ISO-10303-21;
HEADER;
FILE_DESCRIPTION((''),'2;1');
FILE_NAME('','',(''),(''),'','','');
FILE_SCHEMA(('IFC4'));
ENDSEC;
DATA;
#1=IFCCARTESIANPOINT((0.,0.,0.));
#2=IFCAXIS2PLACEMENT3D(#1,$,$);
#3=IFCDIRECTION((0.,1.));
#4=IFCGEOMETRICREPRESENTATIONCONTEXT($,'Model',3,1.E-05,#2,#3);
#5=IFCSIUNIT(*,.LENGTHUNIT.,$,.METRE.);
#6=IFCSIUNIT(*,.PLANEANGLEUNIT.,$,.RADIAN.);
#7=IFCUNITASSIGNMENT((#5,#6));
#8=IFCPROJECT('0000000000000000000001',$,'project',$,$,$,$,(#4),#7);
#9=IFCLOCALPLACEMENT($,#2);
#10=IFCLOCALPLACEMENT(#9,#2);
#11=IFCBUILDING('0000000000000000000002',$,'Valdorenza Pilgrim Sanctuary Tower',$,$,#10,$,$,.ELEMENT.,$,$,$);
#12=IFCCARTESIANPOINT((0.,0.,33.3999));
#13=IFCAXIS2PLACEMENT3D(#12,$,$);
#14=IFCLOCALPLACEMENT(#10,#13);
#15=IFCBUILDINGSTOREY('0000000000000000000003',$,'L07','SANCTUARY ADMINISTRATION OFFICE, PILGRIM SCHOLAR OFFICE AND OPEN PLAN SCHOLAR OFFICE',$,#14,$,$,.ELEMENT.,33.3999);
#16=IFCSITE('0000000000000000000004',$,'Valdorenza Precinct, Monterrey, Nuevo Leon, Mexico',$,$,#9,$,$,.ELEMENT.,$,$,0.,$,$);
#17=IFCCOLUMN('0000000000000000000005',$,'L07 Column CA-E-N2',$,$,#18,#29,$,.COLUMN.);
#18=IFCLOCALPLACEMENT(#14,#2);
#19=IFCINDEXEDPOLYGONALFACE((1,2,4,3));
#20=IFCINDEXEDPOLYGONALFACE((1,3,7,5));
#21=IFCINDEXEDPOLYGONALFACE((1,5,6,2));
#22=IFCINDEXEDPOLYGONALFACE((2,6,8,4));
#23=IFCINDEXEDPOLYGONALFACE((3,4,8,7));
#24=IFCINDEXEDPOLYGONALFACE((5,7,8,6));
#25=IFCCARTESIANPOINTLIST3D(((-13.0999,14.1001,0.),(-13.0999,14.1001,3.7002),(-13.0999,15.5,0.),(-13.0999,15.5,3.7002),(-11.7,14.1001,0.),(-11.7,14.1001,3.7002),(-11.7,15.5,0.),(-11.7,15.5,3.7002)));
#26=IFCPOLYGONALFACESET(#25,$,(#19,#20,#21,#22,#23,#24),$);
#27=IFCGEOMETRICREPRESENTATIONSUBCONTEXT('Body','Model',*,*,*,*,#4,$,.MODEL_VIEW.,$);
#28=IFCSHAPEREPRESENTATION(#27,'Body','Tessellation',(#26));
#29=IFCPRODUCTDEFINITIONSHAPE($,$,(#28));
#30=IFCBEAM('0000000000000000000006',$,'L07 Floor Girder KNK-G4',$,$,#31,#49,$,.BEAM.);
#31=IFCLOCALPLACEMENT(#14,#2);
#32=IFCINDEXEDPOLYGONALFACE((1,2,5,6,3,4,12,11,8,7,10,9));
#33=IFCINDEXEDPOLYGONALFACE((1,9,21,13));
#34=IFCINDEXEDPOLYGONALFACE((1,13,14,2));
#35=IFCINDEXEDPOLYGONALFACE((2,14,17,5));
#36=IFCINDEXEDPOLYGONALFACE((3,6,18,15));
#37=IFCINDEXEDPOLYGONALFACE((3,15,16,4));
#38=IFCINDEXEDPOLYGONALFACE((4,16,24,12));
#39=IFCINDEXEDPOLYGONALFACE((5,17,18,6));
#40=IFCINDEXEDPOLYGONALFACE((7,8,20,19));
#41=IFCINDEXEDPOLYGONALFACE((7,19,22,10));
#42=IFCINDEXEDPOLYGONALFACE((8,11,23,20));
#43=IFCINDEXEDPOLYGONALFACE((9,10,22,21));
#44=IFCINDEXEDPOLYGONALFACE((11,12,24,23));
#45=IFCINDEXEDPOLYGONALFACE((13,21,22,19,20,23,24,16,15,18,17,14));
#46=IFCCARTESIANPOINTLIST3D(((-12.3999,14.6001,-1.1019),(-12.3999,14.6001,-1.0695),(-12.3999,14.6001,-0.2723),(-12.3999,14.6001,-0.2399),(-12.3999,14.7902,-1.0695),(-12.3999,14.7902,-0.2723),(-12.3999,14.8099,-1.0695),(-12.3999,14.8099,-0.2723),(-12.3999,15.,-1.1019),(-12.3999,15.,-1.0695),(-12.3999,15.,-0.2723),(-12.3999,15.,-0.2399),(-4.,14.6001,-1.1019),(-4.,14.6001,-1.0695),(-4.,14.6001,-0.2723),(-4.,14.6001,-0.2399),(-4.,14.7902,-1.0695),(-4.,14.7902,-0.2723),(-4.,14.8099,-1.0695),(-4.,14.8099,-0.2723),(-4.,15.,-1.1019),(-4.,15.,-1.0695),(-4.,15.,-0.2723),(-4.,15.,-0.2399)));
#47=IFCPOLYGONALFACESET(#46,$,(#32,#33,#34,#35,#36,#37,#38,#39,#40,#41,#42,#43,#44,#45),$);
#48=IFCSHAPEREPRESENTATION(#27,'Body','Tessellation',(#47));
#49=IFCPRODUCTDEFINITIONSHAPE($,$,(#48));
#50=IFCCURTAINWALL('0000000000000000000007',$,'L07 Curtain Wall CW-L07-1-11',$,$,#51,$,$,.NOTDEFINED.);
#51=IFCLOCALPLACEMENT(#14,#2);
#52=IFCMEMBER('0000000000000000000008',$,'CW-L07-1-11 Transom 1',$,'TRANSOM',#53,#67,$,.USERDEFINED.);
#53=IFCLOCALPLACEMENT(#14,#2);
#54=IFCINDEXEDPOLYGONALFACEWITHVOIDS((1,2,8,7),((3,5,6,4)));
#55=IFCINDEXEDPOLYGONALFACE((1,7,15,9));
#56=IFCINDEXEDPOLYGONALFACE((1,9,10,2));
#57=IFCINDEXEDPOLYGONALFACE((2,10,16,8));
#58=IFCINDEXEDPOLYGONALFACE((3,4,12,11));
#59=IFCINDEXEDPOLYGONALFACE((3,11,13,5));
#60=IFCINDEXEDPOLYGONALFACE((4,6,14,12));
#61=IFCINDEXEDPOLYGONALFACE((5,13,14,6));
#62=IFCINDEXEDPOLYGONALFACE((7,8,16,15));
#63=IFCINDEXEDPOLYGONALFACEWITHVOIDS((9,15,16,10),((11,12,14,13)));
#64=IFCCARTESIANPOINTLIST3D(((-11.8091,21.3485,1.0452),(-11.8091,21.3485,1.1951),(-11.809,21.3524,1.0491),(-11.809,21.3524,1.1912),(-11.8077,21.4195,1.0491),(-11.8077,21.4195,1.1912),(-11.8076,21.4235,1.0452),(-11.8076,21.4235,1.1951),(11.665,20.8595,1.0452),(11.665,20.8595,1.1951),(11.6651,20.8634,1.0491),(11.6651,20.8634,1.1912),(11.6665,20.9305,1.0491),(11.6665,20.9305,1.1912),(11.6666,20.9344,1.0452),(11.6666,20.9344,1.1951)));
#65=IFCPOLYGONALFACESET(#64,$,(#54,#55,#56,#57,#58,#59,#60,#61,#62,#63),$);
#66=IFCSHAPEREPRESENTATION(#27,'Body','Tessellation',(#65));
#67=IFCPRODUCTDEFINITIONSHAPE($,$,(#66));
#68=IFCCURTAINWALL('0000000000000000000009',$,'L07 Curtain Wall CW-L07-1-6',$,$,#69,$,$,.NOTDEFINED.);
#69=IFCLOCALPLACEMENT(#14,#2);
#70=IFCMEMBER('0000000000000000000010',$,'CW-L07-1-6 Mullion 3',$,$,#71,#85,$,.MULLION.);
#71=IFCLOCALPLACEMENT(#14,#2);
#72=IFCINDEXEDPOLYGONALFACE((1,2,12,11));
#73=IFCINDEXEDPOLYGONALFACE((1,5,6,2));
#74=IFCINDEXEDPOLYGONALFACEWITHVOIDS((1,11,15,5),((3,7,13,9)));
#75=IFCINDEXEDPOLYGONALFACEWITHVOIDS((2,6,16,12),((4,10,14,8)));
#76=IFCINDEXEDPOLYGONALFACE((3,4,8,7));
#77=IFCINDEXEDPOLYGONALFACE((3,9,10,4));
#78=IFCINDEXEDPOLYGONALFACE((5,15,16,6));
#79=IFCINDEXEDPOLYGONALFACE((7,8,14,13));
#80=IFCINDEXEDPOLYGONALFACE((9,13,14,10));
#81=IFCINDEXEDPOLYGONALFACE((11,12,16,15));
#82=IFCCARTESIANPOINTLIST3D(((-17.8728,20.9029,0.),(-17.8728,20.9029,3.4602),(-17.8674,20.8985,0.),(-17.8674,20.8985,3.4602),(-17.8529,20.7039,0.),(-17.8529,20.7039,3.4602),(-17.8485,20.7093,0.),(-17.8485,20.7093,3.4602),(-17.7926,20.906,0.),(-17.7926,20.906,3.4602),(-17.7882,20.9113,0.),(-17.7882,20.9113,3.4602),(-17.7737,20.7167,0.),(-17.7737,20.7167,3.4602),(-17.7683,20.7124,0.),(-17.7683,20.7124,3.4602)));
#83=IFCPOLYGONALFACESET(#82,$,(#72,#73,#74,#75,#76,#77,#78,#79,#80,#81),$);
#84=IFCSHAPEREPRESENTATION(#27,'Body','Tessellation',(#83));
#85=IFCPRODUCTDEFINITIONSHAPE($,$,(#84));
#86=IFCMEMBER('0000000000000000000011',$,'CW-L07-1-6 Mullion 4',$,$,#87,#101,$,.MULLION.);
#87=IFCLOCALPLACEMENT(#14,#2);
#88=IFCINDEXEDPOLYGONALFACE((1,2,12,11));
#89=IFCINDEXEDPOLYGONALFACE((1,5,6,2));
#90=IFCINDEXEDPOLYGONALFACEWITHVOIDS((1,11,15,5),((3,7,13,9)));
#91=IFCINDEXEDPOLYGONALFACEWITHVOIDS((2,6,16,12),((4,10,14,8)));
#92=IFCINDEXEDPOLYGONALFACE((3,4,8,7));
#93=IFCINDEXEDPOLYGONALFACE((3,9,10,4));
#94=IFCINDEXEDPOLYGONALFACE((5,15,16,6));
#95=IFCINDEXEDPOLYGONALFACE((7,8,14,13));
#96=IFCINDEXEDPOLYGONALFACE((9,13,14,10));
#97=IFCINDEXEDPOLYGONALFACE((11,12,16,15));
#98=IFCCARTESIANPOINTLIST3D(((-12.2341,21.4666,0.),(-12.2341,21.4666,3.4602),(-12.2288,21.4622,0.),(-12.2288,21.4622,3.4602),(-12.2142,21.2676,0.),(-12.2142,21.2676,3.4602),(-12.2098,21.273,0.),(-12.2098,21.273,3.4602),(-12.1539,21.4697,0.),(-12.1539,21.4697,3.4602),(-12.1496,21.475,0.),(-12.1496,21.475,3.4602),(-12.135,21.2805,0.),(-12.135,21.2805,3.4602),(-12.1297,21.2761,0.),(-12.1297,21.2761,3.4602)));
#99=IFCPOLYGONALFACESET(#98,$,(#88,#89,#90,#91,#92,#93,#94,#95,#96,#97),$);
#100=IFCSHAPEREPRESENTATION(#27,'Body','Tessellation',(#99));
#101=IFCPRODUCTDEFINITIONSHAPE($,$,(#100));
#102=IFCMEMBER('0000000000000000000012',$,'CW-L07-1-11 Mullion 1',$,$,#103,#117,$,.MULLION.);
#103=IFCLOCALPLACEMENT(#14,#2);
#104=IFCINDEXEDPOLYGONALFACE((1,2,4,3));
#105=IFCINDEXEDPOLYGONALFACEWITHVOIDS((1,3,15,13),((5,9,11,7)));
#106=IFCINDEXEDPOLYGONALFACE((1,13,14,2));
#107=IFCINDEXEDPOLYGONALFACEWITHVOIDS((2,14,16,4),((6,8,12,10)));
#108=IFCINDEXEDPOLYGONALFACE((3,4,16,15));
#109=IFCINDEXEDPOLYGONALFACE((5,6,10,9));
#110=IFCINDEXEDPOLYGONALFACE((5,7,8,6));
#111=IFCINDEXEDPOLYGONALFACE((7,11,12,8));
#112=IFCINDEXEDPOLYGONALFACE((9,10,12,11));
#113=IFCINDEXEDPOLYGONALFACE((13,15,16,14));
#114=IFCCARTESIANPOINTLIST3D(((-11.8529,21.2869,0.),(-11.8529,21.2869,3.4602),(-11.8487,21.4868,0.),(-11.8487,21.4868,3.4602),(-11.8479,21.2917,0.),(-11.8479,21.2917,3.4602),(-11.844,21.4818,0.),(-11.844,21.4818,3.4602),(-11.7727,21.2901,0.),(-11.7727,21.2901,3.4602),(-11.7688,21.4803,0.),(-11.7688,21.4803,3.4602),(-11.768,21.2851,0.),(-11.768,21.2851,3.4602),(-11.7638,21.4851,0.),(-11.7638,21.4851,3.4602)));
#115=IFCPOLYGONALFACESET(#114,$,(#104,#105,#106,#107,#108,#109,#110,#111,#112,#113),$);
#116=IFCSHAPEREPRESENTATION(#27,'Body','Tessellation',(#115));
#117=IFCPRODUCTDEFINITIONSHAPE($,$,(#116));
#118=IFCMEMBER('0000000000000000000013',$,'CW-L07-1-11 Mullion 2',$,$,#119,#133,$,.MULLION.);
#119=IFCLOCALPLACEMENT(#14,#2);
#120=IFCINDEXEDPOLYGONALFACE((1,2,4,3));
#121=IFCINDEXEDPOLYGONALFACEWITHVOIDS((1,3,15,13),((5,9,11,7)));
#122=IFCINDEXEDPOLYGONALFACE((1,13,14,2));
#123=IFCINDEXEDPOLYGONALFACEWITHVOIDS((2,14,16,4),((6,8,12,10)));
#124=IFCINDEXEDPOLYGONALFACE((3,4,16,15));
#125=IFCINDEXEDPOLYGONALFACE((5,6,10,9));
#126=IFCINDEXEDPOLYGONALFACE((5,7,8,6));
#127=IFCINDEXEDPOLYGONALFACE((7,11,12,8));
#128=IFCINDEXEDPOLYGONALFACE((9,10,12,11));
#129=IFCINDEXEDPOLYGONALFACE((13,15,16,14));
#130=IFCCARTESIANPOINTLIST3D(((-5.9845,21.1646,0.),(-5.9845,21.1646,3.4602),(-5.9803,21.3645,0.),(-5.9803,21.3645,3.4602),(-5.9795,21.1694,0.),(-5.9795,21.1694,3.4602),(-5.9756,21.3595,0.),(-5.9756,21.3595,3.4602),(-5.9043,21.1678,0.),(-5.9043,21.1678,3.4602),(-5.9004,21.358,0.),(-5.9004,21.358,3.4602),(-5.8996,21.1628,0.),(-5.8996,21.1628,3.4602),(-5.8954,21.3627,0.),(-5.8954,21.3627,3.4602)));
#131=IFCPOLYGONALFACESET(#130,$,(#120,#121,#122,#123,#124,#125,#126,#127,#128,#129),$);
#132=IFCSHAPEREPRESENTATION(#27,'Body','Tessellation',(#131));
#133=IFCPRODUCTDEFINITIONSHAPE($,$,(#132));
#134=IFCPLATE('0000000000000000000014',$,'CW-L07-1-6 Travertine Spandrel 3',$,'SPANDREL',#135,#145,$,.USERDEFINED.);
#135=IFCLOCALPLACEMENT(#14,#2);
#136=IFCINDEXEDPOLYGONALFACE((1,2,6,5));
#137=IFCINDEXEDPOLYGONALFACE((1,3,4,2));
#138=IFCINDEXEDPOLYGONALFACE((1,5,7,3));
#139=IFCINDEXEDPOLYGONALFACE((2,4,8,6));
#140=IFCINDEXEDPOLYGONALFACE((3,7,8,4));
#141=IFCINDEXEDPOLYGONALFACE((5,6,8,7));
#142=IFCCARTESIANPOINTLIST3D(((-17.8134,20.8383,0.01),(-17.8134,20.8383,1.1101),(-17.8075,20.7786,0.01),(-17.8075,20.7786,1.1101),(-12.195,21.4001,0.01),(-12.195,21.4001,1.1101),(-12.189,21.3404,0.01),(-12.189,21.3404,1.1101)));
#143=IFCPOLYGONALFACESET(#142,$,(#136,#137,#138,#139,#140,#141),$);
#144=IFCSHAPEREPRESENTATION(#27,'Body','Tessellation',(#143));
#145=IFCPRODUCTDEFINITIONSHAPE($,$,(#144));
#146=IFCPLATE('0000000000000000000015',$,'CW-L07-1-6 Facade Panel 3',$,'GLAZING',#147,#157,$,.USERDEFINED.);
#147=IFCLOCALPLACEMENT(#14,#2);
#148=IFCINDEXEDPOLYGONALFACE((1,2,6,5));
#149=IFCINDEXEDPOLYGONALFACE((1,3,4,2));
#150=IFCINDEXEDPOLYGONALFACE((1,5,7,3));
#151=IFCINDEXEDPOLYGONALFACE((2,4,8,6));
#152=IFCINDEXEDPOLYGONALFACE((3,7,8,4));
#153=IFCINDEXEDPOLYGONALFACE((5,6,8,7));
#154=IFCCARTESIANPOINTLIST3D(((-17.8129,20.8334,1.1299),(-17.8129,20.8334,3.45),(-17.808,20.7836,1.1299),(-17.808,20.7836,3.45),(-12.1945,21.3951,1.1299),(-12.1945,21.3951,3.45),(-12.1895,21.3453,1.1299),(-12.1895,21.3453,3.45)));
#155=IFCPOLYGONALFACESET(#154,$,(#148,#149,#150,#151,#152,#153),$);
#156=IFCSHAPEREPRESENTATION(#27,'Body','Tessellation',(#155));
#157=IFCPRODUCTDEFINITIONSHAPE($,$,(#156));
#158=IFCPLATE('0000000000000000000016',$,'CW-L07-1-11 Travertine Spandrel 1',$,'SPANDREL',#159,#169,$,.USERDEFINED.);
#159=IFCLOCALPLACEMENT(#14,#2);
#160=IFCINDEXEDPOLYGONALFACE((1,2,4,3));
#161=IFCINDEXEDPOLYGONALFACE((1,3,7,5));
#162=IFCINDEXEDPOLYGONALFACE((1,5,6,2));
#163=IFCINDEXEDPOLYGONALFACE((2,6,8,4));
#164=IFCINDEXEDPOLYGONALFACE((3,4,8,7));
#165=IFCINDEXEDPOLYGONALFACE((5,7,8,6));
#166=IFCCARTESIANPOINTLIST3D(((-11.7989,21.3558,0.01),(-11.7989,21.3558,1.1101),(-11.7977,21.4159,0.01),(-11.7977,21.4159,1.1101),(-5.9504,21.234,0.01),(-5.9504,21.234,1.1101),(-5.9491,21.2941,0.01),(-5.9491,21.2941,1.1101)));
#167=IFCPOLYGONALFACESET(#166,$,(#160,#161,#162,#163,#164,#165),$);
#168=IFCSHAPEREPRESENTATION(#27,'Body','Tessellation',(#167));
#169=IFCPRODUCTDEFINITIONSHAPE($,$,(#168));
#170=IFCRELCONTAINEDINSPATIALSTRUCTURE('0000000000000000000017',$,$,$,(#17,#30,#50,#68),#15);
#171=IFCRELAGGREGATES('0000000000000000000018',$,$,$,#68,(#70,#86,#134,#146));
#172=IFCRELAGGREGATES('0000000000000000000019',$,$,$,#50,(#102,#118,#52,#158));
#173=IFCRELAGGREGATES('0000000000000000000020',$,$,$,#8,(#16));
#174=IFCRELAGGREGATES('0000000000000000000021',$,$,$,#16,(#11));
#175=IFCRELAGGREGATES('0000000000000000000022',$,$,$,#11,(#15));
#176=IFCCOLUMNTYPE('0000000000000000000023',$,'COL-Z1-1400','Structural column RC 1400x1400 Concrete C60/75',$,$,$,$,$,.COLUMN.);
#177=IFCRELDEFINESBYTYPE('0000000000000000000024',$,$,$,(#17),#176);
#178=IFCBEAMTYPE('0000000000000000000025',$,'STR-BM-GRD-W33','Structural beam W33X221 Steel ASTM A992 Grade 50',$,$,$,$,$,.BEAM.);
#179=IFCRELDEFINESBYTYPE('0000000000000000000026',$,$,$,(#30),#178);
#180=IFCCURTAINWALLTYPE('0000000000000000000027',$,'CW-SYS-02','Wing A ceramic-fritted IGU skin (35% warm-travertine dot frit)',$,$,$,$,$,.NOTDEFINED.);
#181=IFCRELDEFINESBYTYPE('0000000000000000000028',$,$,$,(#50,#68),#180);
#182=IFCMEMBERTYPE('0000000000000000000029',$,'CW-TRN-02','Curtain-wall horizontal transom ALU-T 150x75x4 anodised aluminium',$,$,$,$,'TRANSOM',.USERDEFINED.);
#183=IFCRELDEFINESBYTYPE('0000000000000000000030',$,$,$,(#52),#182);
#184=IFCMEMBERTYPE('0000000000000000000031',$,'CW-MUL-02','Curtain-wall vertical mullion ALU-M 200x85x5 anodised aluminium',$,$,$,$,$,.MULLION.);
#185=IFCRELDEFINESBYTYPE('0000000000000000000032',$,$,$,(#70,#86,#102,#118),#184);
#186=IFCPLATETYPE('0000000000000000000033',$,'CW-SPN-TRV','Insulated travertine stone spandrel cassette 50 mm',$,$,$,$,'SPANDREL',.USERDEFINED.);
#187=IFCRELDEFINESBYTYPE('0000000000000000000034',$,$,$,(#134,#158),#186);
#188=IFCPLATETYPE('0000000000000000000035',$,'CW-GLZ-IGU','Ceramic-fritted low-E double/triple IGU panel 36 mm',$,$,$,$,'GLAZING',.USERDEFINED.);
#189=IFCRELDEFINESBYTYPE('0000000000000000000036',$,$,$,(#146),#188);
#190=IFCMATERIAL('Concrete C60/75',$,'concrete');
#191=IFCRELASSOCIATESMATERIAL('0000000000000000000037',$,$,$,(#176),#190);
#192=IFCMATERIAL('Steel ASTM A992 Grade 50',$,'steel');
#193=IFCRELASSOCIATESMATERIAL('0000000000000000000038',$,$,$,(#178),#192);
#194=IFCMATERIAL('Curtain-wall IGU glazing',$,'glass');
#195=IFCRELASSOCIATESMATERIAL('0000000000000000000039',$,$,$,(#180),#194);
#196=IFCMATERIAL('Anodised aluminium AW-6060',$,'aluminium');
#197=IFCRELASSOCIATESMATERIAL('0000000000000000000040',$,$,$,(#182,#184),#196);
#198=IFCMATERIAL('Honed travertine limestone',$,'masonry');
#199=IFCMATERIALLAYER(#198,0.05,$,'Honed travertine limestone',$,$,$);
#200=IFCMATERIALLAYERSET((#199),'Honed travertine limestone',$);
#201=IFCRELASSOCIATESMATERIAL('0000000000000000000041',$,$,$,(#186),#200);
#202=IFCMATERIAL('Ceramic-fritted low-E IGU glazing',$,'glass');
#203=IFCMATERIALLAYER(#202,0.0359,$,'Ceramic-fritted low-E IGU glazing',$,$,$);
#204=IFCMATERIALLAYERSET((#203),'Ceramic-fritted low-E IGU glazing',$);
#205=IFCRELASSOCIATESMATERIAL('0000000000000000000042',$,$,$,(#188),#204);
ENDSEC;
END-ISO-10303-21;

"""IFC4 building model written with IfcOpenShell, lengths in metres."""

from ifc_helpers import new_model, si_unit, direction, frame, origin, origin_2d, place, context, subcontext, project, spatial, rectangle, hollow_rectangle, i_section, extrude, source, transform, mapped, material, layer, layer_set, material_profile, profile_set, type_object, element, aggregate, save


model = new_model("IFC4")

# Units and contexts
model_context = context("Model", 3, precision=1e-05, world=origin(), true_north=direction((0.0, 1.0)))
body_context = subcontext(model_context, "Body", "Model", "MODEL_VIEW")
ifc_project = project(units=[si_unit("LENGTHUNIT", "METRE"), si_unit("PLANEANGLEUNIT", "RADIAN")], contexts=[model_context])

# Site, building, storey
site_placement = place(None, origin())
site = spatial("IfcSite", under=ifc_project, at=site_placement, Name="Valdorenza Precinct, Monterrey, Nuevo Leon, Mexico", CompositionType="ELEMENT", RefElevation=0.0)
building_placement = place(site_placement, origin())
building = spatial("IfcBuilding", under=site, at=building_placement, Name="Valdorenza Pilgrim Sanctuary Tower", CompositionType="ELEMENT")
storey_placement = place(building_placement, frame((0.0, 0.0, 33.3999)))
storey = spatial("IfcBuildingStorey", under=building, at=storey_placement, Name="L07", Description="SANCTUARY ADMINISTRATION OFFICE, PILGRIM SCHOLAR OFFICE AND OPEN PLAN SCHOLAR OFFICE", CompositionType="ELEMENT", Elevation=33.3999)

# Column
ifc_material_1 = material(Name="Concrete C60/75", Category="concrete")
ifc_material_profile_1 = material_profile(ifc_material_1, rectangle(XDim=1.3999, YDim=1.3999, at=origin_2d()), Name="RC 1400x1400")
ifc_profile_set_1 = profile_set([ifc_material_profile_1], Name="Concrete C60/75")
column_type = type_object("IfcColumnType", Name="COL-Z1-1400", Description="Structural column RC 1400x1400 Concrete C60/75", PredefinedType="COLUMN", material=ifc_profile_set_1)
shared_shape_1 = source(origin(), body_context, "Body", "SweptSolid", [
    extrude(rectangle(XDim=1.3999, YDim=1.3999, at=origin_2d()), origin(), (0.0, 0.0, 1.0), 3.7002),
])
column_placement = place(storey_placement, frame((-12.3999, 14.8, 0.0), z_axis=(0.0, 0.0, 1.0), x_axis=(1.0, 0.0, 0.0)))
element("IfcColumn", 1, at=column_placement, inside=storey, type_object=column_type, Name="L07 Column CA-E-N2", PredefinedType="COLUMN", context=body_context, shape_type="MappedRepresentation", body=[
    mapped(shared_shape_1, transform((0.0, 0.0, 0.0), x_axis=(1.0, 0.0, 0.0), y_axis=(0.0, 1.0, 0.0), z_axis=(0.0, 0.0, 1.0), scale=1.0)),
])

# Beam
ifc_material_2 = material(Name="Steel ASTM A992 Grade 50", Category="steel")
ifc_material_profile_2 = material_profile(ifc_material_2, i_section(OverallWidth=0.3999, OverallDepth=0.8621, WebThickness=0.0198, FlangeThickness=0.0325, at=origin_2d()), Name="W33X221")
ifc_profile_set_2 = profile_set([ifc_material_profile_2], Name="Steel ASTM A992 Grade 50")
beam_type = type_object("IfcBeamType", Name="STR-BM-GRD-W33", Description="Structural beam W33X221 Steel ASTM A992 Grade 50", PredefinedType="BEAM", material=ifc_profile_set_2)
shared_shape_2 = source(origin(), body_context, "Body", "SweptSolid", [
    extrude(i_section(OverallWidth=0.3999, OverallDepth=0.8621, WebThickness=0.0198, FlangeThickness=0.0325, at=origin_2d()), origin(), (0.0, 0.0, 1.0), 8.3999),
])
beam_placement = place(storey_placement, frame((-12.3999, 14.8, -0.6709), z_axis=(1.0, 0.0, 0.0), x_axis=(0.0, 1.0, 0.0)))
element("IfcBeam", 2, at=beam_placement, inside=storey, type_object=beam_type, Name="L07 Floor Girder KNK-G4", PredefinedType="BEAM", context=body_context, shape_type="MappedRepresentation", body=[
    mapped(shared_shape_2, transform((0.0, 0.0, 0.0), x_axis=(1.0, 0.0, 0.0), y_axis=(0.0, 1.0, 0.0), z_axis=(0.0, 0.0, 1.0), scale=1.0)),
])

# Curtain wall, member
ifc_material_3 = material(Name="Curtain-wall IGU glazing", Category="glass")
curtain_wall_type = type_object("IfcCurtainWallType", Name="CW-SYS-02", Description="Wing A ceramic-fritted IGU skin (35% warm-travertine dot frit)", PredefinedType="NOTDEFINED", material=ifc_material_3)
curtain_wall_1_placement = place(storey_placement, origin())
curtain_wall_1 = element("IfcCurtainWall", 3, at=curtain_wall_1_placement, inside=storey, type_object=curtain_wall_type, Name="L07 Curtain Wall CW-L07-1-11", PredefinedType="NOTDEFINED")
ifc_material_4 = material(Name="Anodised aluminium AW-6060", Category="aluminium")
ifc_material_profile_3 = material_profile(ifc_material_4, hollow_rectangle(XDim=0.075, YDim=0.1499, WallThickness=0.0039, at=origin_2d()), Name="ALU-T 150x75x4")
ifc_profile_set_3 = profile_set([ifc_material_profile_3], Name="Anodised aluminium AW-6060")
member_type_1 = type_object("IfcMemberType", Name="CW-TRN-02", Description="Curtain-wall horizontal transom ALU-T 150x75x4 anodised aluminium", ElementType="TRANSOM", PredefinedType="USERDEFINED", material=ifc_profile_set_3)
shared_shape_3 = source(origin(), body_context, "Body", "SweptSolid", [
    extrude(hollow_rectangle(XDim=0.075, YDim=0.1499, WallThickness=0.0039, at=origin_2d()), origin(), (0.0, 0.0, 1.0), 23.4792),
])
member_1_placement = place(storey_placement, frame((-11.8083, 21.386, 1.1201), z_axis=(0.999783, -0.020828, 0.0), x_axis=(0.020828, 0.999783, 0.0)))
member_1 = element("IfcMember", 4, at=member_1_placement, type_object=member_type_1, Name="CW-L07-1-11 Transom 1", ObjectType="TRANSOM", PredefinedType="USERDEFINED", context=body_context, shape_type="MappedRepresentation", body=[
    mapped(shared_shape_3, transform((0.0, 0.0, 0.0), x_axis=(1.0, 0.0, 0.0), y_axis=(0.0, 1.0, 0.0), z_axis=(0.0, 0.0, 1.0), scale=1.0)),
])

# Curtain wall, members
curtain_wall_2_placement = place(storey_placement, origin())
curtain_wall_2 = element("IfcCurtainWall", 5, at=curtain_wall_2_placement, inside=storey, type_object=curtain_wall_type, Name="L07 Curtain Wall CW-L07-1-6", PredefinedType="NOTDEFINED")
ifc_material_profile_4 = material_profile(ifc_material_4, hollow_rectangle(XDim=0.085, YDim=0.2, WallThickness=0.0049, at=origin_2d()), Name="ALU-M 200x85x5")
ifc_profile_set_4 = profile_set([ifc_material_profile_4], Name="Anodised aluminium AW-6060")
member_type_2 = type_object("IfcMemberType", Name="CW-MUL-02", Description="Curtain-wall vertical mullion ALU-M 200x85x5 anodised aluminium", PredefinedType="MULLION", material=ifc_profile_set_4)
shared_shape_4 = source(origin(), body_context, "Body", "SweptSolid", [
    extrude(hollow_rectangle(XDim=0.085, YDim=0.2, WallThickness=0.0049, at=origin_2d()), origin(), (0.0, 0.0, 1.0), 3.4602),
])
member_2_placement = place(storey_placement, frame((-17.8206, 20.8076, 0.0), z_axis=(0.0, 0.0, 1.0), x_axis=(0.995038, 0.099493, 0.0)))
member_2 = element("IfcMember", 6, at=member_2_placement, type_object=member_type_2, Name="CW-L07-1-6 Mullion 3", PredefinedType="MULLION", context=body_context, shape_type="MappedRepresentation", body=[
    mapped(shared_shape_4, transform((0.0, 0.0, 0.0), x_axis=(1.0, 0.0, 0.0), y_axis=(0.0, 1.0, 0.0), z_axis=(0.0, 0.0, 1.0), scale=1.0)),
])
member_3_placement = place(storey_placement, frame((-12.1819, 21.3713, 0.0), z_axis=(0.0, 0.0, 1.0), x_axis=(0.995038, 0.099493, 0.0)))
member_3 = element("IfcMember", 7, at=member_3_placement, type_object=member_type_2, Name="CW-L07-1-6 Mullion 4", PredefinedType="MULLION", context=body_context, shape_type="MappedRepresentation", body=[
    mapped(shared_shape_4, transform((0.0, 0.0, 0.0), x_axis=(1.0, 0.0, 0.0), y_axis=(0.0, 1.0, 0.0), z_axis=(0.0, 0.0, 1.0), scale=1.0)),
])

# Members
member_4_placement = place(storey_placement, frame((-11.8083, 21.386, 0.0), z_axis=(0.0, 0.0, 1.0), x_axis=(0.999783, -0.02082, 0.0)))
member_4 = element("IfcMember", 8, at=member_4_placement, type_object=member_type_2, Name="CW-L07-1-11 Mullion 1", PredefinedType="MULLION", context=body_context, shape_type="MappedRepresentation", body=[
    mapped(shared_shape_4, transform((0.0, 0.0, 0.0), x_axis=(1.0, 0.0, 0.0), y_axis=(0.0, 1.0, 0.0), z_axis=(0.0, 0.0, 1.0), scale=1.0)),
])
member_5_placement = place(storey_placement, frame((-5.9399, 21.2637, 0.0), z_axis=(0.0, 0.0, 1.0), x_axis=(0.999783, -0.02082, 0.0)))
member_5 = element("IfcMember", 9, at=member_5_placement, type_object=member_type_2, Name="CW-L07-1-11 Mullion 2", PredefinedType="MULLION", context=body_context, shape_type="MappedRepresentation", body=[
    mapped(shared_shape_4, transform((0.0, 0.0, 0.0), x_axis=(1.0, 0.0, 0.0), y_axis=(0.0, 1.0, 0.0), z_axis=(0.0, 0.0, 1.0), scale=1.0)),
])

# Plates
ifc_material_5 = material(Name="Honed travertine limestone", Category="masonry")
ifc_layer_1 = layer(ifc_material_5, 0.05, Name="Honed travertine limestone")
ifc_layer_set_1 = layer_set([ifc_layer_1], Name="Honed travertine limestone")
plate_type_1 = type_object("IfcPlateType", Name="CW-SPN-TRV", Description="Insulated travertine stone spandrel cassette 50 mm", ElementType="SPANDREL", PredefinedType="USERDEFINED", material=ifc_layer_set_1)
shared_shape_5 = source(origin(), body_context, "Body", "SweptSolid", [
    extrude(rectangle(XDim=5.6465, YDim=0.0601, at=origin_2d()), origin(), (0.0, 0.0, 1.0), 1.1001),
])
plate_1_placement = place(storey_placement, frame((-15.0012, 21.0894, 0.01), z_axis=(0.0, 0.0, 1.0), x_axis=(0.995038, 0.099493, 0.0)))
plate_1 = element("IfcPlate", 10, at=plate_1_placement, type_object=plate_type_1, Name="CW-L07-1-6 Travertine Spandrel 3", ObjectType="SPANDREL", PredefinedType="USERDEFINED", context=body_context, shape_type="MappedRepresentation", body=[
    mapped(shared_shape_5, transform((0.0, 0.0, 0.0), x_axis=(1.0, 0.0, 0.0), y_axis=(0.0, 1.0, 0.0), z_axis=(0.0, 0.0, 1.0), scale=1.0)),
])
ifc_material_6 = material(Name="Ceramic-fritted low-E IGU glazing", Category="glass")
ifc_layer_2 = layer(ifc_material_6, 0.0359, Name="Ceramic-fritted low-E IGU glazing")
ifc_layer_set_2 = layer_set([ifc_layer_2], Name="Ceramic-fritted low-E IGU glazing")
plate_type_2 = type_object("IfcPlateType", Name="CW-GLZ-IGU", Description="Ceramic-fritted low-E double/triple IGU panel 36 mm", ElementType="GLAZING", PredefinedType="USERDEFINED", material=ifc_layer_set_2)
shared_shape_6 = source(origin(), body_context, "Body", "SweptSolid", [
    extrude(rectangle(XDim=5.6465, YDim=0.05, at=origin_2d()), origin(), (0.0, 0.0, 1.0), 2.3201),
])
plate_2_placement = place(storey_placement, frame((-15.0012, 21.0894, 1.1299), z_axis=(0.0, 0.0, 1.0), x_axis=(0.995038, 0.099493, 0.0)))
plate_2 = element("IfcPlate", 11, at=plate_2_placement, type_object=plate_type_2, Name="CW-L07-1-6 Facade Panel 3", ObjectType="GLAZING", PredefinedType="USERDEFINED", context=body_context, shape_type="MappedRepresentation", body=[
    mapped(shared_shape_6, transform((0.0, 0.0, 0.0), x_axis=(1.0, 0.0, 0.0), y_axis=(0.0, 1.0, 0.0), z_axis=(0.0, 0.0, 1.0), scale=1.0)),
])
aggregate(curtain_wall_2, [member_2, member_3, plate_1, plate_2])
shared_shape_7 = source(origin(), body_context, "Body", "SweptSolid", [
    extrude(rectangle(XDim=5.8499, YDim=0.0601, at=origin_2d()), origin(), (0.0, 0.0, 1.0), 1.1001),
])
plate_3_placement = place(storey_placement, frame((-8.874, 21.325, 0.01), z_axis=(0.0, 0.0, 1.0), x_axis=(0.999783, -0.02082, 0.0)))
plate_3 = element("IfcPlate", 12, at=plate_3_placement, type_object=plate_type_1, Name="CW-L07-1-11 Travertine Spandrel 1", ObjectType="SPANDREL", PredefinedType="USERDEFINED", context=body_context, shape_type="MappedRepresentation", body=[
    mapped(shared_shape_7, transform((0.0, 0.0, 0.0), x_axis=(1.0, 0.0, 0.0), y_axis=(0.0, 1.0, 0.0), z_axis=(0.0, 0.0, 1.0), scale=1.0)),
])
aggregate(curtain_wall_1, [member_4, member_5, member_1, plate_3])

save(model, "model.ifc")
